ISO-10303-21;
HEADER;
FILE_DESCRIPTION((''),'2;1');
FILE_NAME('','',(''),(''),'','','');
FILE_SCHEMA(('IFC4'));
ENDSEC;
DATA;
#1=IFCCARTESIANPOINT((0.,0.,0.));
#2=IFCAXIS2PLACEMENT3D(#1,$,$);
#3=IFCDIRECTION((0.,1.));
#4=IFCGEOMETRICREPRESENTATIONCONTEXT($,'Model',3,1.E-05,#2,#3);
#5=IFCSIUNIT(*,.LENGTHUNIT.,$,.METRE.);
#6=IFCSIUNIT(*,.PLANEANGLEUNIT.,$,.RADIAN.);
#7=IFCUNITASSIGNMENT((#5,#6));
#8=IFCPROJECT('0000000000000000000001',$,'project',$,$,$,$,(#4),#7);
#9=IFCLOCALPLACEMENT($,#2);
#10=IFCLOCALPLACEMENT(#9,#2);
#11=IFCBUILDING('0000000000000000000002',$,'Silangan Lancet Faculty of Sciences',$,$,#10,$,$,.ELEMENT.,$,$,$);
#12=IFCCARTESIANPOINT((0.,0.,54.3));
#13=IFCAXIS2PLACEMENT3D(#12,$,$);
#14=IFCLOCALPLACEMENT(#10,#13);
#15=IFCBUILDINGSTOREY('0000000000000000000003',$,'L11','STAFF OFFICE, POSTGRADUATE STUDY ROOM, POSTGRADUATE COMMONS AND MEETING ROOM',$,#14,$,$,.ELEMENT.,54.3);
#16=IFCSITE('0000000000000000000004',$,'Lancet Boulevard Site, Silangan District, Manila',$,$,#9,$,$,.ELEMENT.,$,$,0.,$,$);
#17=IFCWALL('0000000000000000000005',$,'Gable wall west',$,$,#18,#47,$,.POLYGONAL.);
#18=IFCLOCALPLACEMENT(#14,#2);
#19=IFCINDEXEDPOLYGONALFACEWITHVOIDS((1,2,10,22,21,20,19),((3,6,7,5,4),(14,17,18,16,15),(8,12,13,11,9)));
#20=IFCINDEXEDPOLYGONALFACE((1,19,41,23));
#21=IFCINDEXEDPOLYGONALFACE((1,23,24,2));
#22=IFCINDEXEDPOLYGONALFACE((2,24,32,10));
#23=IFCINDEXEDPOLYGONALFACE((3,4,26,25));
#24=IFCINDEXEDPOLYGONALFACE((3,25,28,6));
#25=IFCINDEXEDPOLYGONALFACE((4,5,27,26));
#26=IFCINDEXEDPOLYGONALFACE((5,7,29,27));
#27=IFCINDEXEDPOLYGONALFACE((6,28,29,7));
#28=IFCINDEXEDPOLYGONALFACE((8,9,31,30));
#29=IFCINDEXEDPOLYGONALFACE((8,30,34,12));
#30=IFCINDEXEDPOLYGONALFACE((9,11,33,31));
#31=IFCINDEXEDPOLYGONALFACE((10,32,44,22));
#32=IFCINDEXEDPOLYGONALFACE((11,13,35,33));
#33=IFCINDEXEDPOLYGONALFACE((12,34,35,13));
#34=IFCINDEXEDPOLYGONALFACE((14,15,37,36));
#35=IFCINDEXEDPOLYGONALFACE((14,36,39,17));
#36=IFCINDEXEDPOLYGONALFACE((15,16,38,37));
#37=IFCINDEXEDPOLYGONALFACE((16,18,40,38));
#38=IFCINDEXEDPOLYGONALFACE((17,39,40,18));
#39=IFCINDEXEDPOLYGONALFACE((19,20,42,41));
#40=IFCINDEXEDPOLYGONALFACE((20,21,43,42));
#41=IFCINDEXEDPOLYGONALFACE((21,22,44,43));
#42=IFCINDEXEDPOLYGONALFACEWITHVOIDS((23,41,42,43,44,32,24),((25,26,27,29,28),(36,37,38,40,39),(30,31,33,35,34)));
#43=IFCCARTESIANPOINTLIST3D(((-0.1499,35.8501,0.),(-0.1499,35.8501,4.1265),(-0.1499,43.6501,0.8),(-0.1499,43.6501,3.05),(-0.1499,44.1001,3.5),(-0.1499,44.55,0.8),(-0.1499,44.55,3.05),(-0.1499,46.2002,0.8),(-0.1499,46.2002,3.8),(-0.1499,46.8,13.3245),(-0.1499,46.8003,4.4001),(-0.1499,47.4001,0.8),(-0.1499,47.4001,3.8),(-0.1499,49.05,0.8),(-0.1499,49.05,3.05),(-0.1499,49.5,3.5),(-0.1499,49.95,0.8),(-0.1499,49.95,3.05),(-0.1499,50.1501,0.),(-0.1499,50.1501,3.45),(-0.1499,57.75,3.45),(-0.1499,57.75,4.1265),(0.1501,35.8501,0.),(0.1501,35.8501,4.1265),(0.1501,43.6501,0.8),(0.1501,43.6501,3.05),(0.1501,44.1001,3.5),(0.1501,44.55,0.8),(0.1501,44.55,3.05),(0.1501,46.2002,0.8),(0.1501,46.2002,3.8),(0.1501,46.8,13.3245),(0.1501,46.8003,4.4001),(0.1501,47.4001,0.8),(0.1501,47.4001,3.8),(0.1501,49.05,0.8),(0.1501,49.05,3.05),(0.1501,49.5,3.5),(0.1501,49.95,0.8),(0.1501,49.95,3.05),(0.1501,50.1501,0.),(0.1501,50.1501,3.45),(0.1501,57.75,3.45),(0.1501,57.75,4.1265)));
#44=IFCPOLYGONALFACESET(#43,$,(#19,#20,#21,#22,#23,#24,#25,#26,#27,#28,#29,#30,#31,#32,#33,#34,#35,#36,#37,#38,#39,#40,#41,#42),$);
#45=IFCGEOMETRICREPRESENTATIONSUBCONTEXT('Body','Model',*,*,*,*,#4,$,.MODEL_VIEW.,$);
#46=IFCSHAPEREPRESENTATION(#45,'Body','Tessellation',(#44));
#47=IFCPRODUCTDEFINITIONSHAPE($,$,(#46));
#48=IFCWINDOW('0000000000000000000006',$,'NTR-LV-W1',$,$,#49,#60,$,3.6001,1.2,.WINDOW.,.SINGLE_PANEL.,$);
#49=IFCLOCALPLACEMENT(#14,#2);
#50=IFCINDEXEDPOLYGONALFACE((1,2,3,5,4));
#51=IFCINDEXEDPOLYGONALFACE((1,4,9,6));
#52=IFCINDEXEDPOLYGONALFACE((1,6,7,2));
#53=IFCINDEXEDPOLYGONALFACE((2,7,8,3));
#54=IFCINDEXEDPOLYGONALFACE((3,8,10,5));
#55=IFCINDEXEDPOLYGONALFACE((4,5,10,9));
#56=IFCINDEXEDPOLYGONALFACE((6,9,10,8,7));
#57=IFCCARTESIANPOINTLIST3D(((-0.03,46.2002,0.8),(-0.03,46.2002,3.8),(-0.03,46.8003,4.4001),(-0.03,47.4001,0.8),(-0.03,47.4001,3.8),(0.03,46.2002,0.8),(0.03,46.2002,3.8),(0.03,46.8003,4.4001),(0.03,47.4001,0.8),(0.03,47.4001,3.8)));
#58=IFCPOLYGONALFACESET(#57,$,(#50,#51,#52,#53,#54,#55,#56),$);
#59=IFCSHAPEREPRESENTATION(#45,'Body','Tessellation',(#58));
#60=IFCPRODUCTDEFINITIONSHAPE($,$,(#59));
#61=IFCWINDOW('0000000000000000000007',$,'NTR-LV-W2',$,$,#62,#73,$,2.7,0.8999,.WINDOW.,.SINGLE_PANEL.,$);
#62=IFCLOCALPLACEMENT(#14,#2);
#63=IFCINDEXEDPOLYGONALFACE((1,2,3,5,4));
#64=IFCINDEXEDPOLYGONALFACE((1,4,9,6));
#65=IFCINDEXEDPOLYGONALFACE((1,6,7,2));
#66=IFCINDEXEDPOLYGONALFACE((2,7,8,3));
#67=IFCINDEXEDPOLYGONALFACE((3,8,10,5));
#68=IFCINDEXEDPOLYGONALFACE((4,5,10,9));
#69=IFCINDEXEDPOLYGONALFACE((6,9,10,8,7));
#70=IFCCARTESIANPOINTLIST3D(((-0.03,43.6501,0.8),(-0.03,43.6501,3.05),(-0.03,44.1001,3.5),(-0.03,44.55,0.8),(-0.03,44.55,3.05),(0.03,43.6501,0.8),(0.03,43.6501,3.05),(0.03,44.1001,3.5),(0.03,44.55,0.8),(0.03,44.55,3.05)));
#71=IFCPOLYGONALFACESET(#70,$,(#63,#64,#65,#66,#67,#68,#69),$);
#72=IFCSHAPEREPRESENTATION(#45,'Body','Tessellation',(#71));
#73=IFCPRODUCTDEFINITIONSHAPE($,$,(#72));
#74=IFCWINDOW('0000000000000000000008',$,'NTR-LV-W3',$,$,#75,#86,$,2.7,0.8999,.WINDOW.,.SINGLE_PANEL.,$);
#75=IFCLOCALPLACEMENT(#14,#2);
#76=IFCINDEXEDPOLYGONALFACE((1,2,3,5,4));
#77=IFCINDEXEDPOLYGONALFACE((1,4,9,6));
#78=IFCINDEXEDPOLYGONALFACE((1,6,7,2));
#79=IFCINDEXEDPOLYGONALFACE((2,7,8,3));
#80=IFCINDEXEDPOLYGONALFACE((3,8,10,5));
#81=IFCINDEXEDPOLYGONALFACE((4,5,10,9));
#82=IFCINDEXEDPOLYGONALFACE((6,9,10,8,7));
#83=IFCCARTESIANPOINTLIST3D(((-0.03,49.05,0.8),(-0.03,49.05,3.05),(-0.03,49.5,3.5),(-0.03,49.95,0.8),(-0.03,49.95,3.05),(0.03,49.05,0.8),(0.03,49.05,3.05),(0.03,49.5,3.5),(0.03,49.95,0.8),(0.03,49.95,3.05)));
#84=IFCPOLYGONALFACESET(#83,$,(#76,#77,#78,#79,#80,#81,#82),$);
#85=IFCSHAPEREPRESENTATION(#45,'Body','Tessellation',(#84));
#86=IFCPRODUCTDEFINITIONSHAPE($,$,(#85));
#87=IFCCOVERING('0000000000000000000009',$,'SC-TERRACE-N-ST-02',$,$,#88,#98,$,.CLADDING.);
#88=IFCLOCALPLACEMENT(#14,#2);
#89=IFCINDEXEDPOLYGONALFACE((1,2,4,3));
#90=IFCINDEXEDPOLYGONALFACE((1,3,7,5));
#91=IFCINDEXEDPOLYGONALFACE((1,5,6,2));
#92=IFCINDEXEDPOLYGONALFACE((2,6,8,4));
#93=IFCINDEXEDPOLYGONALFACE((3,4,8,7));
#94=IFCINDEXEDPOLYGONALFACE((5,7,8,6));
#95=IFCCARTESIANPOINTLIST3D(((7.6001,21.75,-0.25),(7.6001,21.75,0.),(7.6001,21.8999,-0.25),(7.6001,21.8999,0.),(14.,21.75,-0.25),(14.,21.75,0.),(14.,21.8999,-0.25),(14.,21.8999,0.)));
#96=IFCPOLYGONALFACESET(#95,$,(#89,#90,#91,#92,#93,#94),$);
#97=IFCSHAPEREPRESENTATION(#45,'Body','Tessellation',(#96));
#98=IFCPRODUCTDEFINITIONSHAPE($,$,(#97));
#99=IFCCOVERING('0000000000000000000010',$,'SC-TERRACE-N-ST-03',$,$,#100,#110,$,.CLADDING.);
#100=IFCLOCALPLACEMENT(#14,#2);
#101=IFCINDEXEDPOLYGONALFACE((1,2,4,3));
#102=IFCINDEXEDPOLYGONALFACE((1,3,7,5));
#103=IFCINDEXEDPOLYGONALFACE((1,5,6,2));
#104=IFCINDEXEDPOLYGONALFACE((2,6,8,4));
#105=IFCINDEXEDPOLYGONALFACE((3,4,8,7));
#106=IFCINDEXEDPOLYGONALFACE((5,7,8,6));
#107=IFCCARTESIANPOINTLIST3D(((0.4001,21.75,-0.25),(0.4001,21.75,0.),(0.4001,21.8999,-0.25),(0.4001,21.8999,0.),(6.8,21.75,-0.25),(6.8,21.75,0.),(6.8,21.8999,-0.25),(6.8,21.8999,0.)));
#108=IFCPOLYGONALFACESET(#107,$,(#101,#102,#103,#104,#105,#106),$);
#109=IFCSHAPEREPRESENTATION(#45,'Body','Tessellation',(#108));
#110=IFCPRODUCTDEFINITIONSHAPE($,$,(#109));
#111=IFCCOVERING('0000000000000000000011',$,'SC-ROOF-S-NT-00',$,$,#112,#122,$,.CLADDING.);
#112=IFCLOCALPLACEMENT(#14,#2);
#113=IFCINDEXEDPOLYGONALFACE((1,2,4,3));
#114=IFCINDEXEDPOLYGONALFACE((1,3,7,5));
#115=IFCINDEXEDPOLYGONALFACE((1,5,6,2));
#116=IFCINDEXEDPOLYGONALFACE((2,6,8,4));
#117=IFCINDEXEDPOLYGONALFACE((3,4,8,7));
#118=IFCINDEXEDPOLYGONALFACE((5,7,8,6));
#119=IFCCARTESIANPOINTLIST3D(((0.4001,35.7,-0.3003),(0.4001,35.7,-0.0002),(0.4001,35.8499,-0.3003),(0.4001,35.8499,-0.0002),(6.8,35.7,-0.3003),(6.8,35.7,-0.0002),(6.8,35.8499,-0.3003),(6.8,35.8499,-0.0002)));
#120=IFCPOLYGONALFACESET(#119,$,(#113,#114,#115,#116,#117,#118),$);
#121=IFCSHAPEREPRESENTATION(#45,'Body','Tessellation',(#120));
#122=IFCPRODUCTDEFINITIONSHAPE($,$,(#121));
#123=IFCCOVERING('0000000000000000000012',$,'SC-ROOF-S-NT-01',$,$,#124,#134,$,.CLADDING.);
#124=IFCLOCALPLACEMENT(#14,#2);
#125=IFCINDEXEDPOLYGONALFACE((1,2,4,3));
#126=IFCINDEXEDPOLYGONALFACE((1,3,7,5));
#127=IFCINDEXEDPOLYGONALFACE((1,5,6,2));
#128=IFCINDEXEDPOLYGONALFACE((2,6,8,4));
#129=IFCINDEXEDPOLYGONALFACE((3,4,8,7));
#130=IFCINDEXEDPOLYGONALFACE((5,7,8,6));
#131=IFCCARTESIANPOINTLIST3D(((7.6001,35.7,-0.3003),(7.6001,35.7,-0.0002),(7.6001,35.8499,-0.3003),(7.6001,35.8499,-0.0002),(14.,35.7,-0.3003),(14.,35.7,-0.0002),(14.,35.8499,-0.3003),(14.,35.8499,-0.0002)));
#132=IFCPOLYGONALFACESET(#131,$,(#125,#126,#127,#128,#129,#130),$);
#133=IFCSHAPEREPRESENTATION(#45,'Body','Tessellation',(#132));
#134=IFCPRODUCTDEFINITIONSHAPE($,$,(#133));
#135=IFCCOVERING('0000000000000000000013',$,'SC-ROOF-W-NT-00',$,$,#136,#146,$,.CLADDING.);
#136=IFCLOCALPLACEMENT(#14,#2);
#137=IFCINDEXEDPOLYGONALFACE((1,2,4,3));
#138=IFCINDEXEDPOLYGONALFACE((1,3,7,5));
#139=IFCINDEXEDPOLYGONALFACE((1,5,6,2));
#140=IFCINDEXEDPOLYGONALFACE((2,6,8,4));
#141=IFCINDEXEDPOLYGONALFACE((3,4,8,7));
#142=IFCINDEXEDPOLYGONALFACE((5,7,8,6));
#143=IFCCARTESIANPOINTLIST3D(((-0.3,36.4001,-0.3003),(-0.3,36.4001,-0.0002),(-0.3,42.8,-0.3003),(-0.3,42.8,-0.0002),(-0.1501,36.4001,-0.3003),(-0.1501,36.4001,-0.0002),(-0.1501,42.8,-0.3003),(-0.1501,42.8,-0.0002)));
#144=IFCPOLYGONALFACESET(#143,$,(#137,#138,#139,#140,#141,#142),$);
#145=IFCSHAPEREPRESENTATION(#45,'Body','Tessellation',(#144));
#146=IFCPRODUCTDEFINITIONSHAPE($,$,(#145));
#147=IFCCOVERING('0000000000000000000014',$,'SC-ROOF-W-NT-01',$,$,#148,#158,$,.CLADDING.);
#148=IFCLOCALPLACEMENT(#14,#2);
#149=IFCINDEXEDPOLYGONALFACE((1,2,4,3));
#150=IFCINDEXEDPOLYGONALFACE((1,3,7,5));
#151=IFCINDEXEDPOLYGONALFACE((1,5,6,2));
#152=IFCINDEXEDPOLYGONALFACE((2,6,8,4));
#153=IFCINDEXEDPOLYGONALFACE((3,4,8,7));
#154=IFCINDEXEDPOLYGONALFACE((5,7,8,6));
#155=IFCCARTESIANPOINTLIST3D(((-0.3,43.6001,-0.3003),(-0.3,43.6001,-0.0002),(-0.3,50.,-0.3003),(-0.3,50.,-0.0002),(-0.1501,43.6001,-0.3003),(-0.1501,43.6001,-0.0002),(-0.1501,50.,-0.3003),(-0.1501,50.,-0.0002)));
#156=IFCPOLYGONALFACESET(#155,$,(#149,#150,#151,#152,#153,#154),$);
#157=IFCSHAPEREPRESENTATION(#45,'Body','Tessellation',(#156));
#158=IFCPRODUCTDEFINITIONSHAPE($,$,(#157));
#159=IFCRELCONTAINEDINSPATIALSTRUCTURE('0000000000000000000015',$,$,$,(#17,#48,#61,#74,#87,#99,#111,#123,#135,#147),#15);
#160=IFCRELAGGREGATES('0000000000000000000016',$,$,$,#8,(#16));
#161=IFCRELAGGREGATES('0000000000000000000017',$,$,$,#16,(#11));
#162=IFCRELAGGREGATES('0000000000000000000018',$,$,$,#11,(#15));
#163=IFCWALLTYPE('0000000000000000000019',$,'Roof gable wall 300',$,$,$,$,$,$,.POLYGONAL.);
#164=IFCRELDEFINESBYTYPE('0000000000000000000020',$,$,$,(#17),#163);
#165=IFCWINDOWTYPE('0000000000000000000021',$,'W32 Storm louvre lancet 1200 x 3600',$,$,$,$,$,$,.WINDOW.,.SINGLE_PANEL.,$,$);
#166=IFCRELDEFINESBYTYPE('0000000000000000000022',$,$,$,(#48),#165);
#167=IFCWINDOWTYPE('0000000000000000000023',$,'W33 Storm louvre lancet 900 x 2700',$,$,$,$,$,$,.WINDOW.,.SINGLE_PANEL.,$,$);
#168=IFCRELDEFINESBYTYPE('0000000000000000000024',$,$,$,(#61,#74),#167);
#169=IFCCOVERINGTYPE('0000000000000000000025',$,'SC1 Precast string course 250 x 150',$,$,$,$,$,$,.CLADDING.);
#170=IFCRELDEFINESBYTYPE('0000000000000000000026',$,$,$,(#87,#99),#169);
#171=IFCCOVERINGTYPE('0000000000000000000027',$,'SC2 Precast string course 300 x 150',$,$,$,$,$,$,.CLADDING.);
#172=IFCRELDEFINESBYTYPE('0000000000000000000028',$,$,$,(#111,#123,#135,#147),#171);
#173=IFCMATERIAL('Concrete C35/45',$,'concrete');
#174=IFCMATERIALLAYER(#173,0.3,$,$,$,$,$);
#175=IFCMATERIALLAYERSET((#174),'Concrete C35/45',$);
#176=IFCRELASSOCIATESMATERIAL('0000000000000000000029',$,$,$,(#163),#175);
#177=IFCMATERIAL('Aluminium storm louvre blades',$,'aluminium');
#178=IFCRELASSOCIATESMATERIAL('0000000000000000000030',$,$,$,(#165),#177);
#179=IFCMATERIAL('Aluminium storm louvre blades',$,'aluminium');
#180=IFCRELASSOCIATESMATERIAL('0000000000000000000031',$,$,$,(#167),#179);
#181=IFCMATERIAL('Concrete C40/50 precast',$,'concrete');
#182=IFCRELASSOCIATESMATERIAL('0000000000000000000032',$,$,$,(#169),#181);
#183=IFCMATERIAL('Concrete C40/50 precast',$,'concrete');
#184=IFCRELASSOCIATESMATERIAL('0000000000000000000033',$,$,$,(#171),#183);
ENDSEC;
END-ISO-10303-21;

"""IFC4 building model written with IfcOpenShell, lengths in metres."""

from ifc_helpers import new_model, si_unit, direction, frame, origin, origin_2d, place, context, subcontext, project, spatial, polyline, rectangle, outline, extrude, material, layer, layer_set, type_object, element, fill, save


model = new_model("IFC4")

# Units and contexts
model_context = context("Model", 3, precision=1e-05, world=origin(), true_north=direction((0.0, 1.0)))
body_context = subcontext(model_context, "Body", "Model", "MODEL_VIEW")
ifc_project = project(units=[si_unit("LENGTHUNIT", "METRE"), si_unit("PLANEANGLEUNIT", "RADIAN")], contexts=[model_context])

# Site, building, storey
site_placement = place(None, origin())
site = spatial("IfcSite", under=ifc_project, at=site_placement, Name="Lancet Boulevard Site, Silangan District, Manila", CompositionType="ELEMENT", RefElevation=0.0)
building_placement = place(site_placement, origin())
building = spatial("IfcBuilding", under=site, at=building_placement, Name="Silangan Lancet Faculty of Sciences", CompositionType="ELEMENT")
storey_placement = place(building_placement, frame((0.0, 0.0, 54.3)))
storey = spatial("IfcBuildingStorey", under=building, at=storey_placement, Name="L11", Description="STAFF OFFICE, POSTGRADUATE STUDY ROOM, POSTGRADUATE COMMONS AND MEETING ROOM", CompositionType="ELEMENT", Elevation=54.3)

# Wall, openings, windows
ifc_material_1 = material(Name="Concrete C35/45", Category="concrete")
ifc_layer_1 = layer(ifc_material_1, 0.3)
ifc_layer_set_1 = layer_set([ifc_layer_1], Name="Concrete C35/45")
wall_type_1 = type_object("IfcWallType", Name="Roof gable wall 300", PredefinedType="POLYGONAL", material=ifc_layer_set_1)
wall_1_placement = place(storey_placement, frame((0.0, 35.8501, 0.0), z_axis=(0.0, 0.0, 1.0), x_axis=(0.0, 1.0, 0.0)))
wall_1 = element("IfcWall", 1, at=wall_1_placement, inside=storey, type_object=wall_type_1, Name="Gable wall west", PredefinedType="POLYGONAL", context=body_context, shape_type="SweptSolid", body=[
    extrude(outline(polyline([(0.0, 0.0), (14.3, 0.0), (14.3, 3.45), (21.8999, 3.45), (21.8999, 4.1265), (10.95, 13.3245), (0.0, 4.1265), (0.0, 0.0)])), frame((0.0, 0.1499, 0.0), z_axis=(0.0, -1.0, 0.0), x_axis=(1.0, 0.0, 0.0)), (0.0, 0.0, 1.0), 0.3),
])
opening_1_placement = place(wall_1_placement, frame((10.3501, 0.0, 0.8)))
opening_1 = element("IfcOpeningElement", 2, at=opening_1_placement, cuts=wall_1, PredefinedType="OPENING", context=body_context, shape_type="SweptSolid", body=[
    extrude(outline(polyline([(0.0, 0.0), (1.2, 0.0), (1.2, 3.0), (0.6001, 3.6001), (0.0, 3.0), (0.0, 0.0)])), frame((0.0, 0.1599, 0.0), z_axis=(0.0, -1.0, 0.0), x_axis=(1.0, 0.0, 0.0)), (0.0, 0.0, 1.0), 0.3201),
])
opening_2_placement = place(wall_1_placement, frame((7.8, 0.0, 0.8)))
opening_2 = element("IfcOpeningElement", 3, at=opening_2_placement, cuts=wall_1, PredefinedType="OPENING", context=body_context, shape_type="SweptSolid", body=[
    extrude(outline(polyline([(0.0, 0.0), (0.8999, 0.0), (0.8999, 2.25), (0.45, 2.7), (0.0, 2.25), (0.0, 0.0)])), frame((0.0, 0.1599, 0.0), z_axis=(0.0, -1.0, 0.0), x_axis=(1.0, 0.0, 0.0)), (0.0, 0.0, 1.0), 0.3201),
])
opening_3_placement = place(wall_1_placement, frame((13.2, 0.0, 0.8)))
opening_3 = element("IfcOpeningElement", 4, at=opening_3_placement, cuts=wall_1, PredefinedType="OPENING", context=body_context, shape_type="SweptSolid", body=[
    extrude(outline(polyline([(0.0, 0.0), (0.8999, 0.0), (0.8999, 2.25), (0.45, 2.7), (0.0, 2.25), (0.0, 0.0)])), frame((0.0, 0.1599, 0.0), z_axis=(0.0, -1.0, 0.0), x_axis=(1.0, 0.0, 0.0)), (0.0, 0.0, 1.0), 0.3201),
])
ifc_material_2 = material(Name="Aluminium storm louvre blades", Category="aluminium")
window_type_1 = type_object("IfcWindowType", Name="W32 Storm louvre lancet 1200 x 3600", PartitioningType="SINGLE_PANEL", PredefinedType="WINDOW", material=ifc_material_2)
window_1_placement = place(opening_1_placement, origin())
window_1 = element("IfcWindow", 5, at=window_1_placement, inside=storey, type_object=window_type_1, Name="NTR-LV-W1", OverallHeight=3.6001, OverallWidth=1.2, PartitioningType="SINGLE_PANEL", PredefinedType="WINDOW", context=body_context, shape_type="SweptSolid", body=[
    extrude(outline(polyline([(0.0, 0.0), (1.2, 0.0), (1.2, 3.0), (0.6001, 3.6001), (0.0, 3.0), (0.0, 0.0)])), frame((0.0, 0.03, 0.0), z_axis=(0.0, -1.0, 0.0), x_axis=(1.0, 0.0, 0.0)), (0.0, 0.0, 1.0), 0.0601),
])
fill(opening_1, window_1)
ifc_material_3 = material(Name="Aluminium storm louvre blades", Category="aluminium")
window_type_2 = type_object("IfcWindowType", Name="W33 Storm louvre lancet 900 x 2700", PartitioningType="SINGLE_PANEL", PredefinedType="WINDOW", material=ifc_material_3)
window_2_placement = place(opening_2_placement, origin())
window_2 = element("IfcWindow", 6, at=window_2_placement, inside=storey, type_object=window_type_2, Name="NTR-LV-W2", OverallHeight=2.7, OverallWidth=0.8999, PartitioningType="SINGLE_PANEL", PredefinedType="WINDOW", context=body_context, shape_type="SweptSolid", body=[
    extrude(outline(polyline([(0.0, 0.0), (0.8999, 0.0), (0.8999, 2.25), (0.45, 2.7), (0.0, 2.25), (0.0, 0.0)])), frame((0.0, 0.03, 0.0), z_axis=(0.0, -1.0, 0.0), x_axis=(1.0, 0.0, 0.0)), (0.0, 0.0, 1.0), 0.0601),
])
fill(opening_2, window_2)
window_3_placement = place(opening_3_placement, origin())
window_3 = element("IfcWindow", 7, at=window_3_placement, inside=storey, type_object=window_type_2, Name="NTR-LV-W3", OverallHeight=2.7, OverallWidth=0.8999, PartitioningType="SINGLE_PANEL", PredefinedType="WINDOW", context=body_context, shape_type="SweptSolid", body=[
    extrude(outline(polyline([(0.0, 0.0), (0.8999, 0.0), (0.8999, 2.25), (0.45, 2.7), (0.0, 2.25), (0.0, 0.0)])), frame((0.0, 0.03, 0.0), z_axis=(0.0, -1.0, 0.0), x_axis=(1.0, 0.0, 0.0)), (0.0, 0.0, 1.0), 0.0601),
])
fill(opening_3, window_3)

# Coverings
ifc_material_4 = material(Name="Concrete C40/50 precast", Category="concrete")
covering_type_1 = type_object("IfcCoveringType", Name="SC1 Precast string course 250 x 150", PredefinedType="CLADDING", material=ifc_material_4)
for number, where, z_axis, x_axis, name in (
    (8, (10.8, 21.825, -0.25), (0.0, 0.0, 1.0), (1.0, 0.0, 0.0), "SC-TERRACE-N-ST-02"),
    (9, (3.6001, 21.825, -0.25), (0.0, 0.0, 1.0), (1.0, 0.0, 0.0), "SC-TERRACE-N-ST-03"),
):
    element("IfcCovering", number, at=place(storey_placement, frame(where, z_axis=z_axis, x_axis=x_axis)), inside=storey, type_object=covering_type_1, Name=name, PredefinedType="CLADDING", context=body_context, shape_type="SweptSolid", body=[
        extrude(rectangle(XDim=6.3999, YDim=0.1499, at=origin_2d()), origin(), (0.0, 0.0, 1.0), 0.25),
    ])
ifc_material_5 = material(Name="Concrete C40/50 precast", Category="concrete")
covering_type_2 = type_object("IfcCoveringType", Name="SC2 Precast string course 300 x 150", PredefinedType="CLADDING", material=ifc_material_5)
for number, where, z_axis, x_axis, name in (
    (10, (3.6001, 35.7749, -0.3003), (0.0, 0.0, 1.0), (1.0, 0.0, 0.0), "SC-ROOF-S-NT-00"),
    (11, (10.8, 35.7749, -0.3003), (0.0, 0.0, 1.0), (1.0, 0.0, 0.0), "SC-ROOF-S-NT-01"),
):
    element("IfcCovering", number, at=place(storey_placement, frame(where, z_axis=z_axis, x_axis=x_axis)), inside=storey, type_object=covering_type_2, Name=name, PredefinedType="CLADDING", context=body_context, shape_type="SweptSolid", body=[
        extrude(rectangle(XDim=6.3999, YDim=0.1499, at=origin_2d()), origin(), (0.0, 0.0, 1.0), 0.3),
    ])
for number, where, z_axis, x_axis, name in (
    (12, (-0.2251, 39.6001, -0.3003), (0.0, 0.0, 1.0), (1.0, 0.0, 0.0), "SC-ROOF-W-NT-00"),
    (13, (-0.2251, 46.8, -0.3003), (0.0, 0.0, 1.0), (1.0, 0.0, 0.0), "SC-ROOF-W-NT-01"),
):
    element("IfcCovering", number, at=place(storey_placement, frame(where, z_axis=z_axis, x_axis=x_axis)), inside=storey, type_object=covering_type_2, Name=name, PredefinedType="CLADDING", context=body_context, shape_type="SweptSolid", body=[
        extrude(rectangle(XDim=0.1499, YDim=6.3999, at=origin_2d()), origin(), (0.0, 0.0, 1.0), 0.3),
    ])

save(model, "model.ifc")
